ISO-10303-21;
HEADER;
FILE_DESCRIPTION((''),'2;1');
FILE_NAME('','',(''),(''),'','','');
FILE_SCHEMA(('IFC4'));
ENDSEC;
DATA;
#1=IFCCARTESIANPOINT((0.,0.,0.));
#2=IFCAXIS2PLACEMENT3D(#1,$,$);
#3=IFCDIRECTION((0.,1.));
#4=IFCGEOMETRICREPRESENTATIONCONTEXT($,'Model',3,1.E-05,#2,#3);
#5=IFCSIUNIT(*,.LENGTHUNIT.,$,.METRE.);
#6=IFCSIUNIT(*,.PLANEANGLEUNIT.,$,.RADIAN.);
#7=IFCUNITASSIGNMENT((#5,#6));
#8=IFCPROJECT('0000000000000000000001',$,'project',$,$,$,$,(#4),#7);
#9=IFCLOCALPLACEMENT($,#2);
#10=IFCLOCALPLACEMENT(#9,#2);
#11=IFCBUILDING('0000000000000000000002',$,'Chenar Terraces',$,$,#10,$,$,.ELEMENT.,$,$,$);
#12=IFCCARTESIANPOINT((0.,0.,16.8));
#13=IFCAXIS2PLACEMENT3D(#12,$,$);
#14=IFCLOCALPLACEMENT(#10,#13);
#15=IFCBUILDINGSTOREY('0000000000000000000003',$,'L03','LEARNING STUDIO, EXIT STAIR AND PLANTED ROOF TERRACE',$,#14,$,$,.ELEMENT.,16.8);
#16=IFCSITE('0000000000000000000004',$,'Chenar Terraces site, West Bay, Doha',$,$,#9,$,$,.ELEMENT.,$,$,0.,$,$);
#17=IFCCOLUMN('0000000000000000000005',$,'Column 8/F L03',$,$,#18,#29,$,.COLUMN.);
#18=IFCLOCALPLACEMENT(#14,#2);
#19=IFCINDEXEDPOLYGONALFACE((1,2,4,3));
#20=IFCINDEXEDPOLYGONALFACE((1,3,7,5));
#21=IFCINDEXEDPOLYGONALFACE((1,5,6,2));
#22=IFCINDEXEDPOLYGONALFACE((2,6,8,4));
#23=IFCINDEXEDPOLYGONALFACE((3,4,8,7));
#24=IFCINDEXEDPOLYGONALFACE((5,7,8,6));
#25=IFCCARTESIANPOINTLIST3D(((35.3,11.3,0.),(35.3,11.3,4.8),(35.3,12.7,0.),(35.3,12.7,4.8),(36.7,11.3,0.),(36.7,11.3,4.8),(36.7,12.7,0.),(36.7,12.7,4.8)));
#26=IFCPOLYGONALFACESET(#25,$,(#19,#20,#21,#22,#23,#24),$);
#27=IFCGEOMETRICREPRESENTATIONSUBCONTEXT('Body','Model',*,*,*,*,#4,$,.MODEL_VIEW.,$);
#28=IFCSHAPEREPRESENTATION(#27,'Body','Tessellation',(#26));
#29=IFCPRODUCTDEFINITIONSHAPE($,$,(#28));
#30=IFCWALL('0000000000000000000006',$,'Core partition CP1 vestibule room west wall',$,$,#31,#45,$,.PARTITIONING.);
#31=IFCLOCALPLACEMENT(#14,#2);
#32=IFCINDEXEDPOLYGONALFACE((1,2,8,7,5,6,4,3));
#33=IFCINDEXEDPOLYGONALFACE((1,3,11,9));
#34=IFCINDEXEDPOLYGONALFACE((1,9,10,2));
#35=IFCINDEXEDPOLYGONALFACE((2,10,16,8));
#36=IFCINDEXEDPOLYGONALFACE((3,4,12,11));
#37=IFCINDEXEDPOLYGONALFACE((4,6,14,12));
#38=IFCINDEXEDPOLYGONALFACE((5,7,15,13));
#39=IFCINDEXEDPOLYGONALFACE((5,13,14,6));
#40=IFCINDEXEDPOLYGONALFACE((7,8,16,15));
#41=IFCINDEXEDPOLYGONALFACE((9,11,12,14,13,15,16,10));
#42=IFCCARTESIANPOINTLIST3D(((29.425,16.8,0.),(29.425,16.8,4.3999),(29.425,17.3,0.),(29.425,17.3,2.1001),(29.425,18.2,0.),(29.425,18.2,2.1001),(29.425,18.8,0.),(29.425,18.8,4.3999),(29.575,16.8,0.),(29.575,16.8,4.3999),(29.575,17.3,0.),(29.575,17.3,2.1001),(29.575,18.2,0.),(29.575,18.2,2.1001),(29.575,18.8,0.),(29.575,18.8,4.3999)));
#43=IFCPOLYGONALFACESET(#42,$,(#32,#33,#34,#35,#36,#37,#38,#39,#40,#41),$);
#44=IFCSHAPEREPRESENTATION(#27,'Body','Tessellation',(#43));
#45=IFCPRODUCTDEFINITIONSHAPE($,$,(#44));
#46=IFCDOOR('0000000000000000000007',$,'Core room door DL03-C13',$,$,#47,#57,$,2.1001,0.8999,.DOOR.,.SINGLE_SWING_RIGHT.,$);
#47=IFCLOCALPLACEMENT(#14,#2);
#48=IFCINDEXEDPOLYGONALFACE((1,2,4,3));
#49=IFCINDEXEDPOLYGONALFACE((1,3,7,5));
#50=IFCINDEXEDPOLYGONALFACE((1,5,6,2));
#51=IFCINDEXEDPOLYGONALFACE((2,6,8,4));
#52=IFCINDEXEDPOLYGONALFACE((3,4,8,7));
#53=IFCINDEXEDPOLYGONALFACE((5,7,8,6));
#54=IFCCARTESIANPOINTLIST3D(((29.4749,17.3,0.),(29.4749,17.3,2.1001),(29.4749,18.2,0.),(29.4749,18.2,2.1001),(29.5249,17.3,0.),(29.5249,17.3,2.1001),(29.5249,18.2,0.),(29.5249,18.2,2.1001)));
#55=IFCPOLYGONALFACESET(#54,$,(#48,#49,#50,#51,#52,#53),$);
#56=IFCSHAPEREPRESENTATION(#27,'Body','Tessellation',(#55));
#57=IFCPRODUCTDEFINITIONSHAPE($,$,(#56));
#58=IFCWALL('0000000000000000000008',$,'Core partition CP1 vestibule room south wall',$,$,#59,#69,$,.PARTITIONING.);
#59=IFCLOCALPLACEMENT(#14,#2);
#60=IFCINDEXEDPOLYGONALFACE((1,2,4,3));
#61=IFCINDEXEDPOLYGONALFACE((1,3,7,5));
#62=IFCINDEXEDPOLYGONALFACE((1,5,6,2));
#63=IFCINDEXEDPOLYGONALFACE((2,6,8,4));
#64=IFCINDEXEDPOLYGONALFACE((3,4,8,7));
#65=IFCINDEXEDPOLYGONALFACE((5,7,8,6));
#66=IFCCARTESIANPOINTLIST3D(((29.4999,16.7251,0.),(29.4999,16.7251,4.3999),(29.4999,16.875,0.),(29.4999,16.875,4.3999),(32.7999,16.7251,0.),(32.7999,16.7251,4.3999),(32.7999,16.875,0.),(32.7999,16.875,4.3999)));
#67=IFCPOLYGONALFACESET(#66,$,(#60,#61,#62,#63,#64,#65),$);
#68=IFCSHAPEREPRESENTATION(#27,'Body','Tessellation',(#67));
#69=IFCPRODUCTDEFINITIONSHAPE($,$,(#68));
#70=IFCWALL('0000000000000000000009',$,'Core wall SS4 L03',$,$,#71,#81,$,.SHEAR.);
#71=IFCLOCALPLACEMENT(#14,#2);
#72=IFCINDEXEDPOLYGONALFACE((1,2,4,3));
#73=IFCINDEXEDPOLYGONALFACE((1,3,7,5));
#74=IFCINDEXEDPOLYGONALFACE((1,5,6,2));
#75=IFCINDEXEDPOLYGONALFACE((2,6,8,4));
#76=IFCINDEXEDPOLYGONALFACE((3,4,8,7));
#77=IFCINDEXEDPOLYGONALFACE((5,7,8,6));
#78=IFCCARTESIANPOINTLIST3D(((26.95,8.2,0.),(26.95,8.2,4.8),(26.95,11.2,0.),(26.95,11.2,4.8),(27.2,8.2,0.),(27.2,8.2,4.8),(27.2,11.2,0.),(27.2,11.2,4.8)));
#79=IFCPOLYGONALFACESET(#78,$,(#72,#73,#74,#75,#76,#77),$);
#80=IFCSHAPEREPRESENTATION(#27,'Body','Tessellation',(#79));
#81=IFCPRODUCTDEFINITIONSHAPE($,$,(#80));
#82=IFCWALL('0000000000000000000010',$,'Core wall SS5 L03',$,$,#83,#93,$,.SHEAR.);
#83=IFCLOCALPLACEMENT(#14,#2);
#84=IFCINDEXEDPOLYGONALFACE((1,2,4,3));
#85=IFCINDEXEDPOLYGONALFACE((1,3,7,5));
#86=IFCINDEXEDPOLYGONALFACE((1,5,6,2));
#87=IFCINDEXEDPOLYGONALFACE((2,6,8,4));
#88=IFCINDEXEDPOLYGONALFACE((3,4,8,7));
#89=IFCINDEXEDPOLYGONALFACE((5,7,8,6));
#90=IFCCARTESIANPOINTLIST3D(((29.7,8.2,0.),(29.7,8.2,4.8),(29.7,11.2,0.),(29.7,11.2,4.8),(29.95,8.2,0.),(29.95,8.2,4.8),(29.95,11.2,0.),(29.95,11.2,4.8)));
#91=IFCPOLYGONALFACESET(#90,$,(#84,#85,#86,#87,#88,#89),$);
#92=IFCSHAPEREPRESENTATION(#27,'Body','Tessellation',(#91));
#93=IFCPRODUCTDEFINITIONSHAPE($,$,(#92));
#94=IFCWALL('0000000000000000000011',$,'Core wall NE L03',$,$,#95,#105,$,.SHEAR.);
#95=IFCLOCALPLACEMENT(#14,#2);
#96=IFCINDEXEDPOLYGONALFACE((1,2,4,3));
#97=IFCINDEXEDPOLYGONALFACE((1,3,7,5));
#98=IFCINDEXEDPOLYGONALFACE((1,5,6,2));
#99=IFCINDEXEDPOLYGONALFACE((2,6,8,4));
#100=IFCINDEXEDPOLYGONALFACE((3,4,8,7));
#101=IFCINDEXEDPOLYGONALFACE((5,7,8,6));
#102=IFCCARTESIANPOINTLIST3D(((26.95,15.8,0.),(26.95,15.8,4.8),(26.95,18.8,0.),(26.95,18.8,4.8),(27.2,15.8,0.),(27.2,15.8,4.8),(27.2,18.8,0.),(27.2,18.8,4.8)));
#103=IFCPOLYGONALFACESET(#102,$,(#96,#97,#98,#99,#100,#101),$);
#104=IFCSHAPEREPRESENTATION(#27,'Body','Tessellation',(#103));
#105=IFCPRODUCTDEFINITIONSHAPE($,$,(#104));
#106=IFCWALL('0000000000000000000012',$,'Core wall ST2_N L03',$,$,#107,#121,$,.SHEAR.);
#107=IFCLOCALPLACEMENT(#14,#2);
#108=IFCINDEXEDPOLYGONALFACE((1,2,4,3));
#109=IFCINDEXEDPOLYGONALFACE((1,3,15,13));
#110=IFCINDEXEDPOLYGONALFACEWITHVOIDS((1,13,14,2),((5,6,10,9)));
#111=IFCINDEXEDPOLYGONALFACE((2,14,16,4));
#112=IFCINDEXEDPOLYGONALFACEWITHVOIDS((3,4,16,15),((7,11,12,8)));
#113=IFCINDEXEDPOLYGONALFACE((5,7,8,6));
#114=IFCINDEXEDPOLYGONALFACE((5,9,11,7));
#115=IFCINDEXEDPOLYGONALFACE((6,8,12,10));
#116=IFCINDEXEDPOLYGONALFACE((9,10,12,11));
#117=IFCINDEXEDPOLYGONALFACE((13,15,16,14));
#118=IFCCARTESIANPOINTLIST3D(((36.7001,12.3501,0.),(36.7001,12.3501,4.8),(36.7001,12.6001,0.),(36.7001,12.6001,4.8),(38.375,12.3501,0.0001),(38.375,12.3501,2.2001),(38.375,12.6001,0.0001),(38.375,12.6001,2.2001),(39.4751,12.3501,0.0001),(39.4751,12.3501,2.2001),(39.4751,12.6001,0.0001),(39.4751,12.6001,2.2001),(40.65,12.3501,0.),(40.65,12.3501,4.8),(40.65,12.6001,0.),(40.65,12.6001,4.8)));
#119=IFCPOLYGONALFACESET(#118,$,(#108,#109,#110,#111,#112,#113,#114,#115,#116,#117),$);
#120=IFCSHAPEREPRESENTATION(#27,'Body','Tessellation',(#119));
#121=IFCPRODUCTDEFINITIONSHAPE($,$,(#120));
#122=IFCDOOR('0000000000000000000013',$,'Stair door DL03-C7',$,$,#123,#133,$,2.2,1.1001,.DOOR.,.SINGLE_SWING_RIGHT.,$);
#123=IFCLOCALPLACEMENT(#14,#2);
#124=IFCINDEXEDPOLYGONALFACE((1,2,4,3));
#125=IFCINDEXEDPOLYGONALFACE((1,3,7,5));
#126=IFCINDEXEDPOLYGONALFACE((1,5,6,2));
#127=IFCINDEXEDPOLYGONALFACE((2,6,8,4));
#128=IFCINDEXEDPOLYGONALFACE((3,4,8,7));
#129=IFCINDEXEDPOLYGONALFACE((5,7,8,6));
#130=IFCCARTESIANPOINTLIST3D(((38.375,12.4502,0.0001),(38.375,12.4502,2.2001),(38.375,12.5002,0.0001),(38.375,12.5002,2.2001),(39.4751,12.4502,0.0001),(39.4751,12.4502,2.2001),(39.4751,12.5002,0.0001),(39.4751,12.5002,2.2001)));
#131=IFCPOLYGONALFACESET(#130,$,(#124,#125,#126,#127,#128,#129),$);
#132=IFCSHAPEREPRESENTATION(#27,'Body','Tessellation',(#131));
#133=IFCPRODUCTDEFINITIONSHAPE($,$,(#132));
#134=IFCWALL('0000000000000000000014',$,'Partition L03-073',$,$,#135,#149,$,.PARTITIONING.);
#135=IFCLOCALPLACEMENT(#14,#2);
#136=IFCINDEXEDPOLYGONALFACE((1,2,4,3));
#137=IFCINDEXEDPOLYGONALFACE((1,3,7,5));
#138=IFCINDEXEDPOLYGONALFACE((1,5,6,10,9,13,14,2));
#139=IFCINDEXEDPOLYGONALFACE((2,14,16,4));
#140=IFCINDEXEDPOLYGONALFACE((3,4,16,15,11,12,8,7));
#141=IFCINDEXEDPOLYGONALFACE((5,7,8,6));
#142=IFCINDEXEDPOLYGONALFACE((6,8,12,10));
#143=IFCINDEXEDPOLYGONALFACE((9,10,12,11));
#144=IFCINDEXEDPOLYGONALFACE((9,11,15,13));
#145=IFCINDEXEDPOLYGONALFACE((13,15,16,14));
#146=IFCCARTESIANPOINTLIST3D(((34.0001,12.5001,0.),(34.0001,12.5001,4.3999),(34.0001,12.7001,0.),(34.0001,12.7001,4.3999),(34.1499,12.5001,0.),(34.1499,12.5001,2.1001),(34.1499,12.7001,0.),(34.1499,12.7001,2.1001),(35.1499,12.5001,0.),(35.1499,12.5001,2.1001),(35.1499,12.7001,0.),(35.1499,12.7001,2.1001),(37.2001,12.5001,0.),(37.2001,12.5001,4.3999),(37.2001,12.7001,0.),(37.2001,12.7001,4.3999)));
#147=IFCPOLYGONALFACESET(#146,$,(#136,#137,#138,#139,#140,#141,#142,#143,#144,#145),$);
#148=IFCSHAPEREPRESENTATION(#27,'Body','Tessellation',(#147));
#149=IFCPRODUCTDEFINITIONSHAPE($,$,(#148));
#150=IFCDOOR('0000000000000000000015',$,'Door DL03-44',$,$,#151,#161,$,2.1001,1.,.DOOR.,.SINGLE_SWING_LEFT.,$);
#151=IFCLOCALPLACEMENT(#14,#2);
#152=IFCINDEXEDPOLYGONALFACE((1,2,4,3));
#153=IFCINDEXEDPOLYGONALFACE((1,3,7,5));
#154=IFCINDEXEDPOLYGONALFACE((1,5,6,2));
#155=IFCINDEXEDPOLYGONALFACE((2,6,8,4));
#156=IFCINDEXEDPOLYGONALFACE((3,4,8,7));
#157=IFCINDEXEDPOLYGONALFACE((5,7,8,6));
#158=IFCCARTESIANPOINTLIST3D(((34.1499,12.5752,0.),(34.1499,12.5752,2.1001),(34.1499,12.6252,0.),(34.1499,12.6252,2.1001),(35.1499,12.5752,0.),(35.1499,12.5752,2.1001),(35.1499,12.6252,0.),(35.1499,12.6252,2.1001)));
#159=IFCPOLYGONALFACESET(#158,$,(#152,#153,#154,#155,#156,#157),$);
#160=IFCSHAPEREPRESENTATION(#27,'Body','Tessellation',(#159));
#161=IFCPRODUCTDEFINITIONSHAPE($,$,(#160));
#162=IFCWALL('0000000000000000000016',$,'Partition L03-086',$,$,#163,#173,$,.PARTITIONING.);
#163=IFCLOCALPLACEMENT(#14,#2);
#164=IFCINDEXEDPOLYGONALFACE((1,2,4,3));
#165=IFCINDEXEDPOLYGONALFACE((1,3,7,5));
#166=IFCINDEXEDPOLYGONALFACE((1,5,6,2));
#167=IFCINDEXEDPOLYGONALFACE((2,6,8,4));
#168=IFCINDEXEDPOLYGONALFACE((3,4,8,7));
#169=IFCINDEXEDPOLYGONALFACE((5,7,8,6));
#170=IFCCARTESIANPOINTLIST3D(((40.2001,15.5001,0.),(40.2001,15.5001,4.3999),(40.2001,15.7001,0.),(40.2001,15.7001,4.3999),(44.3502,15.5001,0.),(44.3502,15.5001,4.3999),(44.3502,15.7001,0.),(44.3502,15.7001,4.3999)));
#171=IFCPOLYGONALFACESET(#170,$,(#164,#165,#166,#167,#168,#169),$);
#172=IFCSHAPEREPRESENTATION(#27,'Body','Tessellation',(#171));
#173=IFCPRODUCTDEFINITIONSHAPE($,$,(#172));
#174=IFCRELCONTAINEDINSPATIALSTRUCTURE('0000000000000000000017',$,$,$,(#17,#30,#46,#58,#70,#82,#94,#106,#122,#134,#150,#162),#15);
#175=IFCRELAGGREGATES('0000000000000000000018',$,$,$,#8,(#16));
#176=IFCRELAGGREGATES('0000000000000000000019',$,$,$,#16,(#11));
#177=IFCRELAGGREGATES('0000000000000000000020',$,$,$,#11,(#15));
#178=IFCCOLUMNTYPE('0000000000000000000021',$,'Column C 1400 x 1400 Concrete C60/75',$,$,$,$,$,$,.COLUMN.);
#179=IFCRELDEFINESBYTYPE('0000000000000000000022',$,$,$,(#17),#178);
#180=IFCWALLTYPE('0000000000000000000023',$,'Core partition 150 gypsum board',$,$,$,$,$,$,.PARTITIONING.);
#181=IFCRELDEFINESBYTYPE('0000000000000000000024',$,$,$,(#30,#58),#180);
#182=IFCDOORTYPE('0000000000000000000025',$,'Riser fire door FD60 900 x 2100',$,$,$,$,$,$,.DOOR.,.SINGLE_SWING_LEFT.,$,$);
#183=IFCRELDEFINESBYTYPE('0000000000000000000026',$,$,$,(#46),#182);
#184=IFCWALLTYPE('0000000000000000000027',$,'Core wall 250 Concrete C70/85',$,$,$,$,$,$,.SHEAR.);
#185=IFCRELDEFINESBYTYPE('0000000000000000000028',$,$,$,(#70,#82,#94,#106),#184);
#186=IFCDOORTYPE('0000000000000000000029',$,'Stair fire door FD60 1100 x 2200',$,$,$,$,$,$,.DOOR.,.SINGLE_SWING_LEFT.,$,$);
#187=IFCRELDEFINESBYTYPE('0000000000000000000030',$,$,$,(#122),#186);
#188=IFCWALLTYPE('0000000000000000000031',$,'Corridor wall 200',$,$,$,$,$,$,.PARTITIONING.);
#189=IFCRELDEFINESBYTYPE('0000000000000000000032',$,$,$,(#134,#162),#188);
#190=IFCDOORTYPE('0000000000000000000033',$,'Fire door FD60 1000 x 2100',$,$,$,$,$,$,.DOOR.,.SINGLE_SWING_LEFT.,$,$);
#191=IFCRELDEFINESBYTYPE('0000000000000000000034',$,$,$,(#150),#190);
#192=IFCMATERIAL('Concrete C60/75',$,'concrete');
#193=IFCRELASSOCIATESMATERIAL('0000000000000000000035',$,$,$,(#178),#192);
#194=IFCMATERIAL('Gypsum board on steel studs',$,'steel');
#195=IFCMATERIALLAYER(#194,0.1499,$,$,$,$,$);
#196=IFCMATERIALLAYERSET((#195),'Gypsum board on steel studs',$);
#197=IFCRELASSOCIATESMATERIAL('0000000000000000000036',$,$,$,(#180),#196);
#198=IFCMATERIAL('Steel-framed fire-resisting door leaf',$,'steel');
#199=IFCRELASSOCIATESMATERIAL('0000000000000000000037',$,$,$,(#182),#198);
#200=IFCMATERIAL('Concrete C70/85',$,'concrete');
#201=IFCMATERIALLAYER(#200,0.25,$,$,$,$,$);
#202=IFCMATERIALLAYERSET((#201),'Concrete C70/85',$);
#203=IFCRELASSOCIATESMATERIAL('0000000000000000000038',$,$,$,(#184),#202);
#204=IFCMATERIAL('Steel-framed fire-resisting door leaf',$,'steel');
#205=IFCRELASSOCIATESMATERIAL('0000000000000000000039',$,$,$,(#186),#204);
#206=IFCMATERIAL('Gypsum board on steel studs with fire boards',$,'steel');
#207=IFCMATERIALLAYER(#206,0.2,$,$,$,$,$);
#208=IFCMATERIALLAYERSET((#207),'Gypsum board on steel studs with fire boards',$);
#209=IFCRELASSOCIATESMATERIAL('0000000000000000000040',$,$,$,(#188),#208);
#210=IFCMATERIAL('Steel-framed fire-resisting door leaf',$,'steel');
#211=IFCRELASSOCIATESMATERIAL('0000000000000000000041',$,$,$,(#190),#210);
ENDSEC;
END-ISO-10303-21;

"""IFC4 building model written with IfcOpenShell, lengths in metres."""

from ifc_helpers import new_model, si_unit, direction, frame, frame_2d, origin, origin_2d, place, context, subcontext, project, spatial, rectangle, extrude, material, layer, layer_set, material_profile, profile_set, type_object, element, fill, save


model = new_model("IFC4")

# Units and contexts
model_context = context("Model", 3, precision=1e-05, world=origin(), true_north=direction((0.0, 1.0)))
body_context = subcontext(model_context, "Body", "Model", "MODEL_VIEW")
ifc_project = project(units=[si_unit("LENGTHUNIT", "METRE"), si_unit("PLANEANGLEUNIT", "RADIAN")], contexts=[model_context])

# Site, building, storey
site_placement = place(None, origin())
site = spatial("IfcSite", under=ifc_project, at=site_placement, Name="Chenar Terraces site, West Bay, Doha", CompositionType="ELEMENT", RefElevation=0.0)
building_placement = place(site_placement, origin())
building = spatial("IfcBuilding", under=site, at=building_placement, Name="Chenar Terraces", CompositionType="ELEMENT")
storey_placement = place(building_placement, frame((0.0, 0.0, 16.8)))
storey = spatial("IfcBuildingStorey", under=building, at=storey_placement, Name="L03", Description="LEARNING STUDIO, EXIT STAIR AND PLANTED ROOF TERRACE", CompositionType="ELEMENT", Elevation=16.8)

# Column
ifc_material_1 = material(Name="Concrete C60/75", Category="concrete")
ifc_material_profile = material_profile(ifc_material_1, rectangle(XDim=1.3999, YDim=1.3999, at=origin_2d()), Name="C 1400 x 1400")
ifc_profile_set = profile_set([ifc_material_profile], Name="Concrete C60/75")
column_type = type_object("IfcColumnType", Name="Column C 1400 x 1400 Concrete C60/75", PredefinedType="COLUMN", material=ifc_profile_set)
column_placement = place(storey_placement, frame((36.0, 12.0, 0.0), z_axis=(0.0, 0.0, 1.0), x_axis=(1.0, 0.0, 0.0)))
element("IfcColumn", 1, at=column_placement, inside=storey, type_object=column_type, Name="Column 8/F L03", PredefinedType="COLUMN", context=body_context, shape_type="SweptSolid", body=[
    extrude(rectangle(XDim=1.3999, YDim=1.3999, at=origin_2d()), origin(), (0.0, 0.0, 1.0), 4.8),
])

# Wall, opening, door
ifc_material_2 = material(Name="Gypsum board on steel studs", Category="steel")
ifc_layer_1 = layer(ifc_material_2, 0.1499)
ifc_layer_set_1 = layer_set([ifc_layer_1], Name="Gypsum board on steel studs")
wall_type_1 = type_object("IfcWallType", Name="Core partition 150 gypsum board", PredefinedType="PARTITIONING", material=ifc_layer_set_1)
wall_1_placement = place(storey_placement, frame((29.5, 16.8, 0.0), z_axis=(0.0, 0.0, 1.0), x_axis=(0.0, 1.0, 0.0)))
wall_1 = element("IfcWall", 2, at=wall_1_placement, inside=storey, type_object=wall_type_1, Name="Core partition CP1 vestibule room west wall", PredefinedType="PARTITIONING", context=body_context, shape_type="SweptSolid", body=[
    extrude(rectangle(XDim=2.0, YDim=0.1499, at=frame_2d((1.0, 0.0))), origin(), (0.0, 0.0, 1.0), 4.3999),
])
opening_1_placement = place(wall_1_placement, frame((0.5, 0.0, 0.0)))
opening_1 = element("IfcOpeningElement", 3, at=opening_1_placement, cuts=wall_1, PredefinedType="OPENING", context=body_context, shape_type="SweptSolid", body=[
    extrude(rectangle(XDim=0.8999, YDim=2.1001, at=frame_2d((0.45, 1.05))), frame((0.0, 0.085, 0.0), z_axis=(0.0, -1.0, 0.0), x_axis=(1.0, 0.0, 0.0)), (0.0, 0.0, 1.0), 0.1699),
])
ifc_material_3 = material(Name="Steel-framed fire-resisting door leaf", Category="steel")
door_type_1 = type_object("IfcDoorType", Name="Riser fire door FD60 900 x 2100", OperationType="SINGLE_SWING_LEFT", PredefinedType="DOOR", material=ifc_material_3)
door_1_placement = place(opening_1_placement, frame((0.8999, 0.0, 0.0), z_axis=(0.0, 0.0, 1.0), x_axis=(-1.0, 0.0, 0.0)))
door_1 = element("IfcDoor", 4, at=door_1_placement, inside=storey, type_object=door_type_1, Name="Core room door DL03-C13", OperationType="SINGLE_SWING_RIGHT", OverallHeight=2.1001, OverallWidth=0.8999, PredefinedType="DOOR", context=body_context, shape_type="SweptSolid", body=[
    extrude(rectangle(XDim=0.8999, YDim=2.1001, at=frame_2d((0.45, 1.05))), frame((0.0, 0.0249, 0.0), z_axis=(0.0, -1.0, 0.0), x_axis=(1.0, 0.0, 0.0)), (0.0, 0.0, 1.0), 0.05),
])
fill(opening_1, door_1)

# Wall
wall_2_placement = place(storey_placement, frame((29.5, 16.8, 0.0), z_axis=(0.0, 0.0, 1.0), x_axis=(1.0, 0.0, 0.0)))
element("IfcWall", 5, at=wall_2_placement, inside=storey, type_object=wall_type_1, Name="Core partition CP1 vestibule room south wall", PredefinedType="PARTITIONING", context=body_context, shape_type="SweptSolid", body=[
    extrude(rectangle(XDim=3.3, YDim=0.1499, at=frame_2d((1.6499, 0.0))), origin(), (0.0, 0.0, 1.0), 4.3999),
])

# Walls
ifc_material_4 = material(Name="Concrete C70/85", Category="concrete")
ifc_layer_2 = layer(ifc_material_4, 0.25)
ifc_layer_set_2 = layer_set([ifc_layer_2], Name="Concrete C70/85")
wall_type_2 = type_object("IfcWallType", Name="Core wall 250 Concrete C70/85", PredefinedType="SHEAR", material=ifc_layer_set_2)
for number, where, z_axis, x_axis, name in (
    (6, (27.075, 8.2, 0.0), (0.0, 0.0, 1.0), (0.0, 1.0, 0.0), "Core wall SS4 L03"),
    (7, (29.825, 8.2, 0.0), (0.0, 0.0, 1.0), (0.0, 1.0, 0.0), "Core wall SS5 L03"),
    (8, (27.075, 15.8, 0.0), (0.0, 0.0, 1.0), (0.0, 1.0, 0.0), "Core wall NE L03"),
):
    element("IfcWall", number, at=place(storey_placement, frame(where, z_axis=z_axis, x_axis=x_axis)), inside=storey, type_object=wall_type_2, Name=name, PredefinedType="SHEAR", context=body_context, shape_type="SweptSolid", body=[
        extrude(rectangle(XDim=3.0, YDim=0.25, at=frame_2d((1.5, 0.0))), origin(), (0.0, 0.0, 1.0), 4.8),
    ])

# Walls, openings, doors
wall_3_placement = place(storey_placement, frame((36.7, 12.4751, 0.0), z_axis=(0.0, 0.0, 1.0), x_axis=(1.0, 0.0, 0.0)))
wall_3 = element("IfcWall", 9, at=wall_3_placement, inside=storey, type_object=wall_type_2, Name="Core wall ST2_N L03", PredefinedType="SHEAR", context=body_context, shape_type="SweptSolid", body=[
    extrude(rectangle(XDim=3.95, YDim=0.25, at=frame_2d((1.9751, 0.0))), origin(), (0.0, 0.0, 1.0), 4.8),
])
opening_2_placement = place(wall_3_placement, frame((1.675, 0.0, 0.0)))
opening_2 = element("IfcOpeningElement", 10, at=opening_2_placement, cuts=wall_3, PredefinedType="OPENING", context=body_context, shape_type="SweptSolid", body=[
    extrude(rectangle(XDim=1.1001, YDim=2.2, at=frame_2d((0.55, 1.1001))), frame((0.0, 0.135, 0.0), z_axis=(0.0, -1.0, 0.0), x_axis=(1.0, 0.0, 0.0)), (0.0, 0.0, 1.0), 0.27),
])
ifc_material_5 = material(Name="Steel-framed fire-resisting door leaf", Category="steel")
door_type_2 = type_object("IfcDoorType", Name="Stair fire door FD60 1100 x 2200", OperationType="SINGLE_SWING_LEFT", PredefinedType="DOOR", material=ifc_material_5)
door_2_placement = place(opening_2_placement, frame((1.1001, 0.0, 0.0), z_axis=(0.0, 0.0, 1.0), x_axis=(-1.0, 0.0, 0.0)))
door_2 = element("IfcDoor", 11, at=door_2_placement, inside=storey, type_object=door_type_2, Name="Stair door DL03-C7", OperationType="SINGLE_SWING_RIGHT", OverallHeight=2.2, OverallWidth=1.1001, PredefinedType="DOOR", context=body_context, shape_type="SweptSolid", body=[
    extrude(rectangle(XDim=1.1001, YDim=2.2, at=frame_2d((0.55, 1.1001))), frame((0.0, 0.0249, 0.0), z_axis=(0.0, -1.0, 0.0), x_axis=(1.0, 0.0, 0.0)), (0.0, 0.0, 1.0), 0.05),
])
fill(opening_2, door_2)
ifc_material_6 = material(Name="Gypsum board on steel studs with fire boards", Category="steel")
ifc_layer_3 = layer(ifc_material_6, 0.2)
ifc_layer_set_3 = layer_set([ifc_layer_3], Name="Gypsum board on steel studs with fire boards")
wall_type_3 = type_object("IfcWallType", Name="Corridor wall 200", PredefinedType="PARTITIONING", material=ifc_layer_set_3)
wall_4_placement = place(storey_placement, frame((34.0, 12.6001, 0.0), z_axis=(0.0, 0.0, 1.0), x_axis=(1.0, 0.0, 0.0)))
wall_4 = element("IfcWall", 12, at=wall_4_placement, inside=storey, type_object=wall_type_3, Name="Partition L03-073", PredefinedType="PARTITIONING", context=body_context, shape_type="SweptSolid", body=[
    extrude(rectangle(XDim=3.2, YDim=0.2, at=frame_2d((1.6001, 0.0))), origin(), (0.0, 0.0, 1.0), 4.3999),
])
opening_3_placement = place(wall_4_placement, frame((0.1499, 0.0, 0.0)))
opening_3 = element("IfcOpeningElement", 13, at=opening_3_placement, cuts=wall_4, PredefinedType="OPENING", context=body_context, shape_type="SweptSolid", body=[
    extrude(rectangle(XDim=1.0, YDim=2.1001, at=frame_2d((0.5, 1.05))), frame((0.0, 0.1099, 0.0), z_axis=(0.0, -1.0, 0.0), x_axis=(1.0, 0.0, 0.0)), (0.0, 0.0, 1.0), 0.22),
])
ifc_material_7 = material(Name="Steel-framed fire-resisting door leaf", Category="steel")
door_type_3 = type_object("IfcDoorType", Name="Fire door FD60 1000 x 2100", OperationType="SINGLE_SWING_LEFT", PredefinedType="DOOR", material=ifc_material_7)
door_3_placement = place(opening_3_placement, frame((1.0, 0.0, 0.0), z_axis=(0.0, 0.0, 1.0), x_axis=(-1.0, 0.0, 0.0)))
door_3 = element("IfcDoor", 14, at=door_3_placement, inside=storey, type_object=door_type_3, Name="Door DL03-44", OperationType="SINGLE_SWING_LEFT", OverallHeight=2.1001, OverallWidth=1.0, PredefinedType="DOOR", context=body_context, shape_type="SweptSolid", body=[
    extrude(rectangle(XDim=1.0, YDim=2.1001, at=frame_2d((0.5, 1.05))), frame((0.0, 0.0249, 0.0), z_axis=(0.0, -1.0, 0.0), x_axis=(1.0, 0.0, 0.0)), (0.0, 0.0, 1.0), 0.05),
])
fill(opening_3, door_3)

# Wall
wall_5_placement = place(storey_placement, frame((40.2, 15.6001, 0.0), z_axis=(0.0, 0.0, 1.0), x_axis=(1.0, 0.0, 0.0)))
element("IfcWall", 15, at=wall_5_placement, inside=storey, type_object=wall_type_3, Name="Partition L03-086", PredefinedType="PARTITIONING", context=body_context, shape_type="SweptSolid", body=[
    extrude(rectangle(XDim=4.1501, YDim=0.2, at=frame_2d((2.0752, 0.0))), origin(), (0.0, 0.0, 1.0), 4.3999),
])

save(model, "model.ifc")
